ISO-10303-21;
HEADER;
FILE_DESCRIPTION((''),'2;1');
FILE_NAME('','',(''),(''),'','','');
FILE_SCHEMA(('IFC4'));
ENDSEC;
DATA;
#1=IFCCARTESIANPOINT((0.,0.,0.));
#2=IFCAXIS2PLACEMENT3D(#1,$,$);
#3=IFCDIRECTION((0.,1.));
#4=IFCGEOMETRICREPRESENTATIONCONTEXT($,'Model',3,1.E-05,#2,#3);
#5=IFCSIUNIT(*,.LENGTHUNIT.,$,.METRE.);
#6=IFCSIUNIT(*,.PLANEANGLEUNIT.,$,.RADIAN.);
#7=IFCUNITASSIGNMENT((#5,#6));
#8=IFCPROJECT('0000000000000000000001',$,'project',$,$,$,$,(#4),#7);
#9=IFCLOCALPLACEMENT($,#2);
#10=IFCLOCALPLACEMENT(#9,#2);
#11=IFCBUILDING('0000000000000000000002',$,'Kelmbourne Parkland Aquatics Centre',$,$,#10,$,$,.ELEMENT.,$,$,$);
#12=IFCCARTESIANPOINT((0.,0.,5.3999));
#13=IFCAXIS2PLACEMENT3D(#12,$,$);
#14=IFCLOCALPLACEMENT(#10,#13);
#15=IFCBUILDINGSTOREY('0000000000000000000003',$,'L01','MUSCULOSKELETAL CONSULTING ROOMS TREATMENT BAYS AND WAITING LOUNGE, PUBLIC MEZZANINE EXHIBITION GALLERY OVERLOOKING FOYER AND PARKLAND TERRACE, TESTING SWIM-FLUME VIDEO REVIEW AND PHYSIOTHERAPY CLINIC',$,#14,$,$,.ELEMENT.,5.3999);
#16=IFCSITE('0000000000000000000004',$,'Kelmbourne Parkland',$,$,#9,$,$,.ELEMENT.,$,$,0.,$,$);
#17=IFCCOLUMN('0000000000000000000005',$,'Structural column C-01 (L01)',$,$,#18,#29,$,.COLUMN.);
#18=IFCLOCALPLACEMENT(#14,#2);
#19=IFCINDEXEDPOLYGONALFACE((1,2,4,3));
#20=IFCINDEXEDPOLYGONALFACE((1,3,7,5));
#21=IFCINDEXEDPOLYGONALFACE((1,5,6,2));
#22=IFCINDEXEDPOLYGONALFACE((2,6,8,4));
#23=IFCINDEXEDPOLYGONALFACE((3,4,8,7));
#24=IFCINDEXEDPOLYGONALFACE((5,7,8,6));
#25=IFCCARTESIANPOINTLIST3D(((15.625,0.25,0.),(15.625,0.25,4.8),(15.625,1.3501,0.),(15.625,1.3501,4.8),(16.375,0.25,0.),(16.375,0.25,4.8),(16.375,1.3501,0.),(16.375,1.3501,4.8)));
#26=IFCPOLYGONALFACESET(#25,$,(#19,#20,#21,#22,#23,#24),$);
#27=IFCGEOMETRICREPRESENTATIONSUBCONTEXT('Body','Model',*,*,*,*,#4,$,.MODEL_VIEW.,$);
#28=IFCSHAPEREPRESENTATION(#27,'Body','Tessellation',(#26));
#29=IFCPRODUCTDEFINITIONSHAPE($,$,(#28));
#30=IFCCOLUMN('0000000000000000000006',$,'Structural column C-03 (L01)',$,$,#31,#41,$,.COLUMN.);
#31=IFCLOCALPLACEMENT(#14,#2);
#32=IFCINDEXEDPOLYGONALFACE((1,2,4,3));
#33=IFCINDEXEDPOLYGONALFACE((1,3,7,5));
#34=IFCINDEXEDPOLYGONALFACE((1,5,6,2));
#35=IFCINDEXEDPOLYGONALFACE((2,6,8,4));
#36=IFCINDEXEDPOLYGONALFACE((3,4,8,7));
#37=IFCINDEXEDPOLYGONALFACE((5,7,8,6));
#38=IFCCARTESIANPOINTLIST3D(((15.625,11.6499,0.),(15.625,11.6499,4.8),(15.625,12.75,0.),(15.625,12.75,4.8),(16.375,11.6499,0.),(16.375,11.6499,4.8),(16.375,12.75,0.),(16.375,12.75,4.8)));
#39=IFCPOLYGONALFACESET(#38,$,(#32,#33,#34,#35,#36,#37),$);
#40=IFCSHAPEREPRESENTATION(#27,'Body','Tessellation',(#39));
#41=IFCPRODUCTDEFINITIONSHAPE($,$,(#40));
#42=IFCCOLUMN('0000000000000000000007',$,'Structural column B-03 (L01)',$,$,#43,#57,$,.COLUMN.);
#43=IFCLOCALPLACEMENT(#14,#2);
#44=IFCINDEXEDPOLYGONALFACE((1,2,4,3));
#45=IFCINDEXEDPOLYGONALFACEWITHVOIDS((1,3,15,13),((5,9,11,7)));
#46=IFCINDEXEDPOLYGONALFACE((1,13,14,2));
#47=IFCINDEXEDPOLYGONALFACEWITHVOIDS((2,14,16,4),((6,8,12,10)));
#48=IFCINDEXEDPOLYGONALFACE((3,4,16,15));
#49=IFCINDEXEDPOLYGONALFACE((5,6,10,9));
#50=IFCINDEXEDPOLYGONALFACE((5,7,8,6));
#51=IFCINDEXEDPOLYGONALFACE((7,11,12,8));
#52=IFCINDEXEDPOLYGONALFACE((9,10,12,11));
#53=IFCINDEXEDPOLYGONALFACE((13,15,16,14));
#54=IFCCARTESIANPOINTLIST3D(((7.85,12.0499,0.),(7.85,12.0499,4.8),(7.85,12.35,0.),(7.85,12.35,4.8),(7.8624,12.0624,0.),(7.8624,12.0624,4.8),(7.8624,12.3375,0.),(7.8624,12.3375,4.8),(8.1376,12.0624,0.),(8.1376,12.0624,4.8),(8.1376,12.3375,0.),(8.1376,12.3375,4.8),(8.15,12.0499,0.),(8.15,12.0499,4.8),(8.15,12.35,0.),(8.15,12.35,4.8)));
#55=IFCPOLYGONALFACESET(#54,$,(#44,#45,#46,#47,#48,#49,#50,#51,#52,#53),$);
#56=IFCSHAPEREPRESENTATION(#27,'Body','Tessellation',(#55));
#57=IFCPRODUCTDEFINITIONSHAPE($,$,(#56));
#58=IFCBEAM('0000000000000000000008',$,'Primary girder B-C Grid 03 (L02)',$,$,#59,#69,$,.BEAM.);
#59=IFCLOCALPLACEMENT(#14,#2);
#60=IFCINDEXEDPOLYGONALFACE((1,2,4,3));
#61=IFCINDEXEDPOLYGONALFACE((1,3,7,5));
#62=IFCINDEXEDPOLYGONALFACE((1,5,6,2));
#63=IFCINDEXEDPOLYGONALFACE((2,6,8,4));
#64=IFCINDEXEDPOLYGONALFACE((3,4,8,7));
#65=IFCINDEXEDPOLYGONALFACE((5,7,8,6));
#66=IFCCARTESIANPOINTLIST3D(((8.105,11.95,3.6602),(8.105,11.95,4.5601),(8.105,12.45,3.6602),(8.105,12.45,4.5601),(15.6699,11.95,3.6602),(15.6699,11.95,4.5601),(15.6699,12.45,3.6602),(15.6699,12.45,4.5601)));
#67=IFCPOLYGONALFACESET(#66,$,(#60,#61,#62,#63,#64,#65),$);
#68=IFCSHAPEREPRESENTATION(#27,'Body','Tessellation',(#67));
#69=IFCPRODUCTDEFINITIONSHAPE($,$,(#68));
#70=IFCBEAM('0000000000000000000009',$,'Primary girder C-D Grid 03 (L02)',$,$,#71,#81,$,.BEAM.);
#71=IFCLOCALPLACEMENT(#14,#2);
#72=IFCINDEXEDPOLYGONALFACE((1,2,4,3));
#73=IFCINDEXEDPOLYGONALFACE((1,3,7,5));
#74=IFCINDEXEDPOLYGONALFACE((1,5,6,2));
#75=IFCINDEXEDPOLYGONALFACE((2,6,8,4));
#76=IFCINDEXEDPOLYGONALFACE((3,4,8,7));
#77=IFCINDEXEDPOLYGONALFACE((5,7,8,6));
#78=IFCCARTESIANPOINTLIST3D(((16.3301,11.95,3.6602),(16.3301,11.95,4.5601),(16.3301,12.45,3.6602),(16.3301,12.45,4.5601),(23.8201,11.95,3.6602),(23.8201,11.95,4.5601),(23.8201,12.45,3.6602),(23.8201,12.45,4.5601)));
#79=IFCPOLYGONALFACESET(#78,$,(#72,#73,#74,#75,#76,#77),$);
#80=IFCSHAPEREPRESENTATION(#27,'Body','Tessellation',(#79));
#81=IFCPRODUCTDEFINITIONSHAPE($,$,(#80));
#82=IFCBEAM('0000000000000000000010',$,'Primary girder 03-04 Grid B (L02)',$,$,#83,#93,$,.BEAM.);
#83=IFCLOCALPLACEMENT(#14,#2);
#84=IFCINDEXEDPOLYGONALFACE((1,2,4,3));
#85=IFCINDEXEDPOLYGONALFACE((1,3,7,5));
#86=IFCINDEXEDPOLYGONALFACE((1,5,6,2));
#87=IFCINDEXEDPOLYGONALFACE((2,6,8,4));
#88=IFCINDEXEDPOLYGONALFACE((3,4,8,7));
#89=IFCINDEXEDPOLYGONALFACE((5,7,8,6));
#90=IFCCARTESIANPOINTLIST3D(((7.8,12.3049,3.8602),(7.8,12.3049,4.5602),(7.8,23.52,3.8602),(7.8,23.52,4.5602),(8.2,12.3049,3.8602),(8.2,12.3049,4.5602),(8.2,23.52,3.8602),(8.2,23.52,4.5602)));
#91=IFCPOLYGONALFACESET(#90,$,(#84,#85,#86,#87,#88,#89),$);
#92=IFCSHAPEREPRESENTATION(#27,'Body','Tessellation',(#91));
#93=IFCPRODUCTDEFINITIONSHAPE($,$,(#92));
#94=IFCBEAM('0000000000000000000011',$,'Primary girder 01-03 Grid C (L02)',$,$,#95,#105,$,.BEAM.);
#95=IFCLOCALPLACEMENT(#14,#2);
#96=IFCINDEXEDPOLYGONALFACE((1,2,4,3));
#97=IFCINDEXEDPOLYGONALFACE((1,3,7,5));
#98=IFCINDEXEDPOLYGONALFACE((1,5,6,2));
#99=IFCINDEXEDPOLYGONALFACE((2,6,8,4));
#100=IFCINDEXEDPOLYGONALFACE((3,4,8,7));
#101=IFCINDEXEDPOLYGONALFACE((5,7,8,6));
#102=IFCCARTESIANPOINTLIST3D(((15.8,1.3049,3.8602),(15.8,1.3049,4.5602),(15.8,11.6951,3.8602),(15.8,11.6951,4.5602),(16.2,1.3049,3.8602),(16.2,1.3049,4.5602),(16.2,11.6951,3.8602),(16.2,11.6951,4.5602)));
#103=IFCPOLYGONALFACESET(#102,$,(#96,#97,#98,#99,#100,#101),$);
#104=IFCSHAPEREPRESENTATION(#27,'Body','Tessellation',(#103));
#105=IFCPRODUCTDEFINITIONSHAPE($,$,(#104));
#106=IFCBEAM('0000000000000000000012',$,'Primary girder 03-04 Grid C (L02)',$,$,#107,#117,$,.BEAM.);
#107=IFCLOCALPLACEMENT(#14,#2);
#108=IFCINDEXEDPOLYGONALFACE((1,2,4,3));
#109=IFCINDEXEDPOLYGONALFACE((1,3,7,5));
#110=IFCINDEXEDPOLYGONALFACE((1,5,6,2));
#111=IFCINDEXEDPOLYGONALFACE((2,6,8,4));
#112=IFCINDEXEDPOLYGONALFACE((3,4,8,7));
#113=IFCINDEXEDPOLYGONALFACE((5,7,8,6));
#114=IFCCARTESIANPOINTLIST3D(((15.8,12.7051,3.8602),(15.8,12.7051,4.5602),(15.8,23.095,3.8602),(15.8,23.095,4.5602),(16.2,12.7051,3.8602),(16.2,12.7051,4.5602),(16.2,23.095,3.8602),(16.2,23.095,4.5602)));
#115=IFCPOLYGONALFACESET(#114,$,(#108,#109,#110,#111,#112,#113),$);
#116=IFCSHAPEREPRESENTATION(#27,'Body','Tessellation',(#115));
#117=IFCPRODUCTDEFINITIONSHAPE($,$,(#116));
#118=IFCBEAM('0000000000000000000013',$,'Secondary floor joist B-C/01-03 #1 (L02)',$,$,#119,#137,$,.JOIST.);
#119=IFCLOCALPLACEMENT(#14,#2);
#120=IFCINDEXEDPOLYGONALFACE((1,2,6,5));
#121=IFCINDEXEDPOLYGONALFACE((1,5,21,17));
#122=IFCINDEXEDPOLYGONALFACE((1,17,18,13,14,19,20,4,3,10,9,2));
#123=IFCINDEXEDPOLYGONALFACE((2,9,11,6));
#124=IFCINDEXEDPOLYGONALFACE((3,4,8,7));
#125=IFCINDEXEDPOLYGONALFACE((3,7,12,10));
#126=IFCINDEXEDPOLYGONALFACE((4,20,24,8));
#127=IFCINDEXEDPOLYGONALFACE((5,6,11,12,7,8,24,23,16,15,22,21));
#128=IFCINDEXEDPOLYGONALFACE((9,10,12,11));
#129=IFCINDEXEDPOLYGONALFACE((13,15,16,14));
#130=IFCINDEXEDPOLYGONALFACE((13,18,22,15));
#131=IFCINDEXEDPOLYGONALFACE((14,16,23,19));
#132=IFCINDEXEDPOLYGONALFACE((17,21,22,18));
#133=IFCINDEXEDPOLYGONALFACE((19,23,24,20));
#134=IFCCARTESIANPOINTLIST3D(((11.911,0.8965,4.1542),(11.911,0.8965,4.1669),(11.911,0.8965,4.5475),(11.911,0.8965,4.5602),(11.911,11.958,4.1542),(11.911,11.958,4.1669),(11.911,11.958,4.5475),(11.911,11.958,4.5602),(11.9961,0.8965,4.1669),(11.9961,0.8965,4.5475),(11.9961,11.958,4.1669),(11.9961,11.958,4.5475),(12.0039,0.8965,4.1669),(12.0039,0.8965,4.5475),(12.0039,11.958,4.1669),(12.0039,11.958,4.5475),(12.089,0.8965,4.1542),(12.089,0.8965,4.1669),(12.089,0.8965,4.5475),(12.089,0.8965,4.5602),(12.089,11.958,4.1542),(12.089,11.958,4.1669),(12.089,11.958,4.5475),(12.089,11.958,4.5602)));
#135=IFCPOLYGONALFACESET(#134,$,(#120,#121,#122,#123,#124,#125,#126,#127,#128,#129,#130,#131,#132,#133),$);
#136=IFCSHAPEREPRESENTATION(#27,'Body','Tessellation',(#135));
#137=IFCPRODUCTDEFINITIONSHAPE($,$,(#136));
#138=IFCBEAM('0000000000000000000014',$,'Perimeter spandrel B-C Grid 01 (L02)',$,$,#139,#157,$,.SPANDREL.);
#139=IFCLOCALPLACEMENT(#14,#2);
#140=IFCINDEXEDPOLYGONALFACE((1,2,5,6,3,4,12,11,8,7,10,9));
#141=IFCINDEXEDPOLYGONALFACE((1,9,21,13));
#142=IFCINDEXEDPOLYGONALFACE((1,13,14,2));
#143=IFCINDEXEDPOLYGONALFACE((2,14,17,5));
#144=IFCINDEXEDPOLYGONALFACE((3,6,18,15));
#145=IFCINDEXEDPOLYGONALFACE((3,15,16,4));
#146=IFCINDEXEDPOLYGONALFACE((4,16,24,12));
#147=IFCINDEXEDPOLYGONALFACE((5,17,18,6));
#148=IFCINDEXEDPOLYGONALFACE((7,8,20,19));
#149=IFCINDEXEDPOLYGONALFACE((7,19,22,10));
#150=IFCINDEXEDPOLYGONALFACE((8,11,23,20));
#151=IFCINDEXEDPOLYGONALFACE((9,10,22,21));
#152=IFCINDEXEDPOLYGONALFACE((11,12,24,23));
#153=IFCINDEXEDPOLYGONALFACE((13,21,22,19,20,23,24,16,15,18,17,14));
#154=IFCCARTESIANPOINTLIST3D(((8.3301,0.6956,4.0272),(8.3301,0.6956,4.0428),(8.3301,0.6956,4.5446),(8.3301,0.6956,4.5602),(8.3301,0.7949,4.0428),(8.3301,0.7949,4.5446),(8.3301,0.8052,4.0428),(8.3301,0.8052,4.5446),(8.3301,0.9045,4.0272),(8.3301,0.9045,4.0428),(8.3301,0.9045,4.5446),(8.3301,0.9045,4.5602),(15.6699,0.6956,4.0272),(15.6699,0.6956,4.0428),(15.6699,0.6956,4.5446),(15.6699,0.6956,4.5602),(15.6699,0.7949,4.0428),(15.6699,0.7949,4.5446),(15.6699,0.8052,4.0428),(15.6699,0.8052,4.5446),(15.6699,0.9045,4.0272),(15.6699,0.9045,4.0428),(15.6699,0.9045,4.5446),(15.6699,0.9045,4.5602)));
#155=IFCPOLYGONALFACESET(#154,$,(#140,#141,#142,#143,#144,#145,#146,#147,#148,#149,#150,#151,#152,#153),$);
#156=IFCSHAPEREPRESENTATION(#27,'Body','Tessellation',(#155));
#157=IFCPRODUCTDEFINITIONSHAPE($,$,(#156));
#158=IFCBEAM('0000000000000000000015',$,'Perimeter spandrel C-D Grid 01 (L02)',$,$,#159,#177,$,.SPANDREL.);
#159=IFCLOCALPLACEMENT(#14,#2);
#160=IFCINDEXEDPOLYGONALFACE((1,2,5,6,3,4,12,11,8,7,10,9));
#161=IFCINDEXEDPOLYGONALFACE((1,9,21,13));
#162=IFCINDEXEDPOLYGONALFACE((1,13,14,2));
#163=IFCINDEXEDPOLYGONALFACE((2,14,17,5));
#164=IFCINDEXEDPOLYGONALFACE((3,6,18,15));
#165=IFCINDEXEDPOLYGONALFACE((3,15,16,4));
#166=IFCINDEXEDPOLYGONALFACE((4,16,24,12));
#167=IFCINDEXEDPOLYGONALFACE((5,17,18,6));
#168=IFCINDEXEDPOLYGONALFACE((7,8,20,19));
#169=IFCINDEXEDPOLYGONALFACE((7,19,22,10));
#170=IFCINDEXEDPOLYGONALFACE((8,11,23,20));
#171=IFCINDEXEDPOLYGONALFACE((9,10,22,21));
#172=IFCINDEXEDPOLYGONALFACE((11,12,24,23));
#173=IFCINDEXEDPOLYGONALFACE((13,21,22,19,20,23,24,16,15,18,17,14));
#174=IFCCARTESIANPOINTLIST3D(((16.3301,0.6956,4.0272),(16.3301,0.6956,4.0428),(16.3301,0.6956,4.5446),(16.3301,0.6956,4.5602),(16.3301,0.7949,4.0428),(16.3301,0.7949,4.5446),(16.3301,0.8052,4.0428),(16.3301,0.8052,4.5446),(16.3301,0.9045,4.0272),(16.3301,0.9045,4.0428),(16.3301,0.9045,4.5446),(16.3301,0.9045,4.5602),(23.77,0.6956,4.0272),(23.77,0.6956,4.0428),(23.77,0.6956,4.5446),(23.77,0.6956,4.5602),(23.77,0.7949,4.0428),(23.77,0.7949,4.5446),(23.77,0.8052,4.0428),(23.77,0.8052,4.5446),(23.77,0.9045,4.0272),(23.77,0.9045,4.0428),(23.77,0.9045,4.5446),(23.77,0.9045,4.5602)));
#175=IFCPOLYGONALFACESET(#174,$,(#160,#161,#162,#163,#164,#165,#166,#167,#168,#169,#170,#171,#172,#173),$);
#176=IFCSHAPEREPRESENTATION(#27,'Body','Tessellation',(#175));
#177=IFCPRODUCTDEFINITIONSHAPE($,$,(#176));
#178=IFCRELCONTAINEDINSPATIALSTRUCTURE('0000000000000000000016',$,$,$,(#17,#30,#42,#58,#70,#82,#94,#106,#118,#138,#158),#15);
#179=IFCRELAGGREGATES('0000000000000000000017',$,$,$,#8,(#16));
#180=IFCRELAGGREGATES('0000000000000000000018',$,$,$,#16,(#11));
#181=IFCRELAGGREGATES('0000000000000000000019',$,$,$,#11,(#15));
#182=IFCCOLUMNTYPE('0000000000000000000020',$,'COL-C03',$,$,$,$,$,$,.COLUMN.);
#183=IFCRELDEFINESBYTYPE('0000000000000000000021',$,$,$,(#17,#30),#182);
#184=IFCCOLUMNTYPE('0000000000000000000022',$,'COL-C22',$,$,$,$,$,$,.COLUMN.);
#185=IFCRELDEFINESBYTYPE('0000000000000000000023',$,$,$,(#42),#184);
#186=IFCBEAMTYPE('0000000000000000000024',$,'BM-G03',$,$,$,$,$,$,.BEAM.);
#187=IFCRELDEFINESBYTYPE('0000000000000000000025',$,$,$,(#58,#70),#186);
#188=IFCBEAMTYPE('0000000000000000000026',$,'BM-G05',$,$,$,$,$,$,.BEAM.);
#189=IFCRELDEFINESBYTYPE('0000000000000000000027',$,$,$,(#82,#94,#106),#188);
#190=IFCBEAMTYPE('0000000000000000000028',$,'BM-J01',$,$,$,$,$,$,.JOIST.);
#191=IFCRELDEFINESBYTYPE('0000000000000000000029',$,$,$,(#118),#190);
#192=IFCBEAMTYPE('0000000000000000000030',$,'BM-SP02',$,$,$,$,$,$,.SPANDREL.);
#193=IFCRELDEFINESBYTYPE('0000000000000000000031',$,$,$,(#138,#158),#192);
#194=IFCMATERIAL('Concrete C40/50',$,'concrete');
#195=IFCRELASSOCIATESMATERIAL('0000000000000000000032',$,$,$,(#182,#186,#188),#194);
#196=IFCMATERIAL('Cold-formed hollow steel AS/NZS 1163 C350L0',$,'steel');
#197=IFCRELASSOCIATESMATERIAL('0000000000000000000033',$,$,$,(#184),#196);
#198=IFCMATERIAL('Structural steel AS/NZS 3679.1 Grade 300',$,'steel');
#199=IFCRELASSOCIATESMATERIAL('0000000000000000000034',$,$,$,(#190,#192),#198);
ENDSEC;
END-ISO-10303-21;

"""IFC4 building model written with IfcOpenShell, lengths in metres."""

from ifc_helpers import new_model, si_unit, direction, frame, origin, origin_2d, place, context, subcontext, project, spatial, rectangle, hollow_rectangle, i_section, extrude, material, material_profile, profile_set, type_object, element, save


model = new_model("IFC4")

# Units and contexts
model_context = context("Model", 3, precision=1e-05, world=origin(), true_north=direction((0.0, 1.0)))
body_context = subcontext(model_context, "Body", "Model", "MODEL_VIEW")
ifc_project = project(units=[si_unit("LENGTHUNIT", "METRE"), si_unit("PLANEANGLEUNIT", "RADIAN")], contexts=[model_context])

# Site, building, storey
site_placement = place(None, origin())
site = spatial("IfcSite", under=ifc_project, at=site_placement, Name="Kelmbourne Parkland", CompositionType="ELEMENT", RefElevation=0.0)
building_placement = place(site_placement, origin())
building = spatial("IfcBuilding", under=site, at=building_placement, Name="Kelmbourne Parkland Aquatics Centre", CompositionType="ELEMENT")
storey_placement = place(building_placement, frame((0.0, 0.0, 5.3999)))
storey = spatial("IfcBuildingStorey", under=building, at=storey_placement, Name="L01", Description="MUSCULOSKELETAL CONSULTING ROOMS TREATMENT BAYS AND WAITING LOUNGE, PUBLIC MEZZANINE EXHIBITION GALLERY OVERLOOKING FOYER AND PARKLAND TERRACE, TESTING SWIM-FLUME VIDEO REVIEW AND PHYSIOTHERAPY CLINIC", CompositionType="ELEMENT", Elevation=5.3999)

# Columns
ifc_material_1 = material(Name="Concrete C40/50", Category="concrete")
ifc_material_profile_1 = material_profile(ifc_material_1, rectangle(XDim=0.75, YDim=1.1001, at=origin_2d()), Name="RC 750x1100")
ifc_profile_set_1 = profile_set([ifc_material_profile_1], Name="Concrete C40/50")
column_type_1 = type_object("IfcColumnType", Name="COL-C03", PredefinedType="COLUMN", material=ifc_profile_set_1)
for number, where, z_axis, x_axis, name in (
    (1, (16.0, 0.8, 0.0), (0.0, 0.0, 1.0), (1.0, 0.0, 0.0), "Structural column C-01 (L01)"),
    (2, (16.0, 12.2, 0.0), (0.0, 0.0, 1.0), (1.0, 0.0, 0.0), "Structural column C-03 (L01)"),
):
    element("IfcColumn", number, at=place(storey_placement, frame(where, z_axis=z_axis, x_axis=x_axis)), inside=storey, type_object=column_type_1, Name=name, PredefinedType="COLUMN", context=body_context, shape_type="SweptSolid", body=[
        extrude(rectangle(XDim=0.75, YDim=1.1001, at=origin_2d()), origin(), (0.0, 0.0, 1.0), 4.8),
    ])
ifc_material_2 = material(Name="Cold-formed hollow steel AS/NZS 1163 C350L0", Category="steel")
ifc_material_profile_2 = material_profile(ifc_material_2, hollow_rectangle(XDim=0.3, YDim=0.3, WallThickness=0.0125, at=origin_2d()), Name="SHS 300x300x12.5")
ifc_profile_set_2 = profile_set([ifc_material_profile_2], Name="Cold-formed hollow steel AS/NZS 1163 C350L0")
column_type_2 = type_object("IfcColumnType", Name="COL-C22", PredefinedType="COLUMN", material=ifc_profile_set_2)
column_placement = place(storey_placement, frame((8.0, 12.2, 0.0), z_axis=(0.0, 0.0, 1.0), x_axis=(1.0, 0.0, 0.0)))
element("IfcColumn", 3, at=column_placement, inside=storey, type_object=column_type_2, Name="Structural column B-03 (L01)", PredefinedType="COLUMN", context=body_context, shape_type="SweptSolid", body=[
    extrude(hollow_rectangle(XDim=0.3, YDim=0.3, WallThickness=0.0125, at=origin_2d()), origin(), (0.0, 0.0, 1.0), 4.8),
])

# Beams
ifc_material_profile_3 = material_profile(ifc_material_1, rectangle(XDim=0.5, YDim=0.8999, at=origin_2d()), Name="RC 500x900")
ifc_profile_set_3 = profile_set([ifc_material_profile_3], Name="Concrete C40/50")
beam_type_1 = type_object("IfcBeamType", Name="BM-G03", PredefinedType="BEAM", material=ifc_profile_set_3)
beam_1_placement = place(storey_placement, frame((8.105, 12.2, 4.1101), z_axis=(1.0, 0.0, 0.0), x_axis=(0.0, 1.0, 0.0)))
element("IfcBeam", 4, at=beam_1_placement, inside=storey, type_object=beam_type_1, Name="Primary girder B-C Grid 03 (L02)", PredefinedType="BEAM", context=body_context, shape_type="SweptSolid", body=[
    extrude(rectangle(XDim=0.5, YDim=0.8999, at=origin_2d()), origin(), (0.0, 0.0, 1.0), 7.5649),
])
beam_2_placement = place(storey_placement, frame((16.3301, 12.2, 4.1101), z_axis=(1.0, 0.0, 0.0), x_axis=(0.0, 1.0, 0.0)))
element("IfcBeam", 5, at=beam_2_placement, inside=storey, type_object=beam_type_1, Name="Primary girder C-D Grid 03 (L02)", PredefinedType="BEAM", context=body_context, shape_type="SweptSolid", body=[
    extrude(rectangle(XDim=0.5, YDim=0.8999, at=origin_2d()), origin(), (0.0, 0.0, 1.0), 7.49),
])
ifc_material_profile_4 = material_profile(ifc_material_1, rectangle(XDim=0.3999, YDim=0.7, at=origin_2d()), Name="RC 400x700")
ifc_profile_set_4 = profile_set([ifc_material_profile_4], Name="Concrete C40/50")
beam_type_2 = type_object("IfcBeamType", Name="BM-G05", PredefinedType="BEAM", material=ifc_profile_set_4)
beam_3_placement = place(storey_placement, frame((8.0, 12.3049, 4.2102), z_axis=(0.0, 1.0, 0.0), x_axis=(-1.0, 0.0, 0.0)))
element("IfcBeam", 6, at=beam_3_placement, inside=storey, type_object=beam_type_2, Name="Primary girder 03-04 Grid B (L02)", PredefinedType="BEAM", context=body_context, shape_type="SweptSolid", body=[
    extrude(rectangle(XDim=0.3999, YDim=0.7, at=origin_2d()), origin(), (0.0, 0.0, 1.0), 11.2151),
])
beam_4_placement = place(storey_placement, frame((16.0, 1.3049, 4.2102), z_axis=(0.0, 1.0, 0.0), x_axis=(-1.0, 0.0, 0.0)))
element("IfcBeam", 7, at=beam_4_placement, inside=storey, type_object=beam_type_2, Name="Primary girder 01-03 Grid C (L02)", PredefinedType="BEAM", context=body_context, shape_type="SweptSolid", body=[
    extrude(rectangle(XDim=0.3999, YDim=0.7, at=origin_2d()), origin(), (0.0, 0.0, 1.0), 10.3901),
])
beam_5_placement = place(storey_placement, frame((16.0, 12.7051, 4.2102), z_axis=(0.0, 1.0, 0.0), x_axis=(-1.0, 0.0, 0.0)))
element("IfcBeam", 8, at=beam_5_placement, inside=storey, type_object=beam_type_2, Name="Primary girder 03-04 Grid C (L02)", PredefinedType="BEAM", context=body_context, shape_type="SweptSolid", body=[
    extrude(rectangle(XDim=0.3999, YDim=0.7, at=origin_2d()), origin(), (0.0, 0.0, 1.0), 10.3899),
])
ifc_material_3 = material(Name="Structural steel AS/NZS 3679.1 Grade 300", Category="steel")
ifc_material_profile_5 = material_profile(ifc_material_3, i_section(OverallWidth=0.178, OverallDepth=0.406, WebThickness=0.0078, FlangeThickness=0.0127, at=origin_2d()), Name="410UB59.7")
ifc_profile_set_5 = profile_set([ifc_material_profile_5], Name="Structural steel AS/NZS 3679.1 Grade 300")
beam_type_3 = type_object("IfcBeamType", Name="BM-J01", PredefinedType="JOIST", material=ifc_profile_set_5)
beam_6_placement = place(storey_placement, frame((12.0, 0.8965, 4.3572), z_axis=(0.0, 1.0, 0.0), x_axis=(-1.0, 0.0, 0.0)))
element("IfcBeam", 9, at=beam_6_placement, inside=storey, type_object=beam_type_3, Name="Secondary floor joist B-C/01-03 #1 (L02)", PredefinedType="JOIST", context=body_context, shape_type="SweptSolid", body=[
    extrude(i_section(OverallWidth=0.178, OverallDepth=0.406, WebThickness=0.0078, FlangeThickness=0.0127, at=origin_2d()), origin(), (0.0, 0.0, 1.0), 11.0615),
])
ifc_material_profile_6 = material_profile(ifc_material_3, i_section(OverallWidth=0.209, OverallDepth=0.533, WebThickness=0.0103, FlangeThickness=0.0156, at=origin_2d()), Name="530UB92.4")
ifc_profile_set_6 = profile_set([ifc_material_profile_6], Name="Structural steel AS/NZS 3679.1 Grade 300")
beam_type_4 = type_object("IfcBeamType", Name="BM-SP02", PredefinedType="SPANDREL", material=ifc_profile_set_6)
beam_7_placement = place(storey_placement, frame((8.3301, 0.8, 4.2937), z_axis=(1.0, 0.0, 0.0), x_axis=(0.0, 1.0, 0.0)))
element("IfcBeam", 10, at=beam_7_placement, inside=storey, type_object=beam_type_4, Name="Perimeter spandrel B-C Grid 01 (L02)", PredefinedType="SPANDREL", context=body_context, shape_type="SweptSolid", body=[
    extrude(i_section(OverallWidth=0.209, OverallDepth=0.533, WebThickness=0.0103, FlangeThickness=0.0156, at=origin_2d()), origin(), (0.0, 0.0, 1.0), 7.3398),
])
beam_8_placement = place(storey_placement, frame((16.3301, 0.8, 4.2937), z_axis=(1.0, 0.0, 0.0), x_axis=(0.0, 1.0, 0.0)))
element("IfcBeam", 11, at=beam_8_placement, inside=storey, type_object=beam_type_4, Name="Perimeter spandrel C-D Grid 01 (L02)", PredefinedType="SPANDREL", context=body_context, shape_type="SweptSolid", body=[
    extrude(i_section(OverallWidth=0.209, OverallDepth=0.533, WebThickness=0.0103, FlangeThickness=0.0156, at=origin_2d()), origin(), (0.0, 0.0, 1.0), 7.4399),
])

save(model, "model.ifc")
